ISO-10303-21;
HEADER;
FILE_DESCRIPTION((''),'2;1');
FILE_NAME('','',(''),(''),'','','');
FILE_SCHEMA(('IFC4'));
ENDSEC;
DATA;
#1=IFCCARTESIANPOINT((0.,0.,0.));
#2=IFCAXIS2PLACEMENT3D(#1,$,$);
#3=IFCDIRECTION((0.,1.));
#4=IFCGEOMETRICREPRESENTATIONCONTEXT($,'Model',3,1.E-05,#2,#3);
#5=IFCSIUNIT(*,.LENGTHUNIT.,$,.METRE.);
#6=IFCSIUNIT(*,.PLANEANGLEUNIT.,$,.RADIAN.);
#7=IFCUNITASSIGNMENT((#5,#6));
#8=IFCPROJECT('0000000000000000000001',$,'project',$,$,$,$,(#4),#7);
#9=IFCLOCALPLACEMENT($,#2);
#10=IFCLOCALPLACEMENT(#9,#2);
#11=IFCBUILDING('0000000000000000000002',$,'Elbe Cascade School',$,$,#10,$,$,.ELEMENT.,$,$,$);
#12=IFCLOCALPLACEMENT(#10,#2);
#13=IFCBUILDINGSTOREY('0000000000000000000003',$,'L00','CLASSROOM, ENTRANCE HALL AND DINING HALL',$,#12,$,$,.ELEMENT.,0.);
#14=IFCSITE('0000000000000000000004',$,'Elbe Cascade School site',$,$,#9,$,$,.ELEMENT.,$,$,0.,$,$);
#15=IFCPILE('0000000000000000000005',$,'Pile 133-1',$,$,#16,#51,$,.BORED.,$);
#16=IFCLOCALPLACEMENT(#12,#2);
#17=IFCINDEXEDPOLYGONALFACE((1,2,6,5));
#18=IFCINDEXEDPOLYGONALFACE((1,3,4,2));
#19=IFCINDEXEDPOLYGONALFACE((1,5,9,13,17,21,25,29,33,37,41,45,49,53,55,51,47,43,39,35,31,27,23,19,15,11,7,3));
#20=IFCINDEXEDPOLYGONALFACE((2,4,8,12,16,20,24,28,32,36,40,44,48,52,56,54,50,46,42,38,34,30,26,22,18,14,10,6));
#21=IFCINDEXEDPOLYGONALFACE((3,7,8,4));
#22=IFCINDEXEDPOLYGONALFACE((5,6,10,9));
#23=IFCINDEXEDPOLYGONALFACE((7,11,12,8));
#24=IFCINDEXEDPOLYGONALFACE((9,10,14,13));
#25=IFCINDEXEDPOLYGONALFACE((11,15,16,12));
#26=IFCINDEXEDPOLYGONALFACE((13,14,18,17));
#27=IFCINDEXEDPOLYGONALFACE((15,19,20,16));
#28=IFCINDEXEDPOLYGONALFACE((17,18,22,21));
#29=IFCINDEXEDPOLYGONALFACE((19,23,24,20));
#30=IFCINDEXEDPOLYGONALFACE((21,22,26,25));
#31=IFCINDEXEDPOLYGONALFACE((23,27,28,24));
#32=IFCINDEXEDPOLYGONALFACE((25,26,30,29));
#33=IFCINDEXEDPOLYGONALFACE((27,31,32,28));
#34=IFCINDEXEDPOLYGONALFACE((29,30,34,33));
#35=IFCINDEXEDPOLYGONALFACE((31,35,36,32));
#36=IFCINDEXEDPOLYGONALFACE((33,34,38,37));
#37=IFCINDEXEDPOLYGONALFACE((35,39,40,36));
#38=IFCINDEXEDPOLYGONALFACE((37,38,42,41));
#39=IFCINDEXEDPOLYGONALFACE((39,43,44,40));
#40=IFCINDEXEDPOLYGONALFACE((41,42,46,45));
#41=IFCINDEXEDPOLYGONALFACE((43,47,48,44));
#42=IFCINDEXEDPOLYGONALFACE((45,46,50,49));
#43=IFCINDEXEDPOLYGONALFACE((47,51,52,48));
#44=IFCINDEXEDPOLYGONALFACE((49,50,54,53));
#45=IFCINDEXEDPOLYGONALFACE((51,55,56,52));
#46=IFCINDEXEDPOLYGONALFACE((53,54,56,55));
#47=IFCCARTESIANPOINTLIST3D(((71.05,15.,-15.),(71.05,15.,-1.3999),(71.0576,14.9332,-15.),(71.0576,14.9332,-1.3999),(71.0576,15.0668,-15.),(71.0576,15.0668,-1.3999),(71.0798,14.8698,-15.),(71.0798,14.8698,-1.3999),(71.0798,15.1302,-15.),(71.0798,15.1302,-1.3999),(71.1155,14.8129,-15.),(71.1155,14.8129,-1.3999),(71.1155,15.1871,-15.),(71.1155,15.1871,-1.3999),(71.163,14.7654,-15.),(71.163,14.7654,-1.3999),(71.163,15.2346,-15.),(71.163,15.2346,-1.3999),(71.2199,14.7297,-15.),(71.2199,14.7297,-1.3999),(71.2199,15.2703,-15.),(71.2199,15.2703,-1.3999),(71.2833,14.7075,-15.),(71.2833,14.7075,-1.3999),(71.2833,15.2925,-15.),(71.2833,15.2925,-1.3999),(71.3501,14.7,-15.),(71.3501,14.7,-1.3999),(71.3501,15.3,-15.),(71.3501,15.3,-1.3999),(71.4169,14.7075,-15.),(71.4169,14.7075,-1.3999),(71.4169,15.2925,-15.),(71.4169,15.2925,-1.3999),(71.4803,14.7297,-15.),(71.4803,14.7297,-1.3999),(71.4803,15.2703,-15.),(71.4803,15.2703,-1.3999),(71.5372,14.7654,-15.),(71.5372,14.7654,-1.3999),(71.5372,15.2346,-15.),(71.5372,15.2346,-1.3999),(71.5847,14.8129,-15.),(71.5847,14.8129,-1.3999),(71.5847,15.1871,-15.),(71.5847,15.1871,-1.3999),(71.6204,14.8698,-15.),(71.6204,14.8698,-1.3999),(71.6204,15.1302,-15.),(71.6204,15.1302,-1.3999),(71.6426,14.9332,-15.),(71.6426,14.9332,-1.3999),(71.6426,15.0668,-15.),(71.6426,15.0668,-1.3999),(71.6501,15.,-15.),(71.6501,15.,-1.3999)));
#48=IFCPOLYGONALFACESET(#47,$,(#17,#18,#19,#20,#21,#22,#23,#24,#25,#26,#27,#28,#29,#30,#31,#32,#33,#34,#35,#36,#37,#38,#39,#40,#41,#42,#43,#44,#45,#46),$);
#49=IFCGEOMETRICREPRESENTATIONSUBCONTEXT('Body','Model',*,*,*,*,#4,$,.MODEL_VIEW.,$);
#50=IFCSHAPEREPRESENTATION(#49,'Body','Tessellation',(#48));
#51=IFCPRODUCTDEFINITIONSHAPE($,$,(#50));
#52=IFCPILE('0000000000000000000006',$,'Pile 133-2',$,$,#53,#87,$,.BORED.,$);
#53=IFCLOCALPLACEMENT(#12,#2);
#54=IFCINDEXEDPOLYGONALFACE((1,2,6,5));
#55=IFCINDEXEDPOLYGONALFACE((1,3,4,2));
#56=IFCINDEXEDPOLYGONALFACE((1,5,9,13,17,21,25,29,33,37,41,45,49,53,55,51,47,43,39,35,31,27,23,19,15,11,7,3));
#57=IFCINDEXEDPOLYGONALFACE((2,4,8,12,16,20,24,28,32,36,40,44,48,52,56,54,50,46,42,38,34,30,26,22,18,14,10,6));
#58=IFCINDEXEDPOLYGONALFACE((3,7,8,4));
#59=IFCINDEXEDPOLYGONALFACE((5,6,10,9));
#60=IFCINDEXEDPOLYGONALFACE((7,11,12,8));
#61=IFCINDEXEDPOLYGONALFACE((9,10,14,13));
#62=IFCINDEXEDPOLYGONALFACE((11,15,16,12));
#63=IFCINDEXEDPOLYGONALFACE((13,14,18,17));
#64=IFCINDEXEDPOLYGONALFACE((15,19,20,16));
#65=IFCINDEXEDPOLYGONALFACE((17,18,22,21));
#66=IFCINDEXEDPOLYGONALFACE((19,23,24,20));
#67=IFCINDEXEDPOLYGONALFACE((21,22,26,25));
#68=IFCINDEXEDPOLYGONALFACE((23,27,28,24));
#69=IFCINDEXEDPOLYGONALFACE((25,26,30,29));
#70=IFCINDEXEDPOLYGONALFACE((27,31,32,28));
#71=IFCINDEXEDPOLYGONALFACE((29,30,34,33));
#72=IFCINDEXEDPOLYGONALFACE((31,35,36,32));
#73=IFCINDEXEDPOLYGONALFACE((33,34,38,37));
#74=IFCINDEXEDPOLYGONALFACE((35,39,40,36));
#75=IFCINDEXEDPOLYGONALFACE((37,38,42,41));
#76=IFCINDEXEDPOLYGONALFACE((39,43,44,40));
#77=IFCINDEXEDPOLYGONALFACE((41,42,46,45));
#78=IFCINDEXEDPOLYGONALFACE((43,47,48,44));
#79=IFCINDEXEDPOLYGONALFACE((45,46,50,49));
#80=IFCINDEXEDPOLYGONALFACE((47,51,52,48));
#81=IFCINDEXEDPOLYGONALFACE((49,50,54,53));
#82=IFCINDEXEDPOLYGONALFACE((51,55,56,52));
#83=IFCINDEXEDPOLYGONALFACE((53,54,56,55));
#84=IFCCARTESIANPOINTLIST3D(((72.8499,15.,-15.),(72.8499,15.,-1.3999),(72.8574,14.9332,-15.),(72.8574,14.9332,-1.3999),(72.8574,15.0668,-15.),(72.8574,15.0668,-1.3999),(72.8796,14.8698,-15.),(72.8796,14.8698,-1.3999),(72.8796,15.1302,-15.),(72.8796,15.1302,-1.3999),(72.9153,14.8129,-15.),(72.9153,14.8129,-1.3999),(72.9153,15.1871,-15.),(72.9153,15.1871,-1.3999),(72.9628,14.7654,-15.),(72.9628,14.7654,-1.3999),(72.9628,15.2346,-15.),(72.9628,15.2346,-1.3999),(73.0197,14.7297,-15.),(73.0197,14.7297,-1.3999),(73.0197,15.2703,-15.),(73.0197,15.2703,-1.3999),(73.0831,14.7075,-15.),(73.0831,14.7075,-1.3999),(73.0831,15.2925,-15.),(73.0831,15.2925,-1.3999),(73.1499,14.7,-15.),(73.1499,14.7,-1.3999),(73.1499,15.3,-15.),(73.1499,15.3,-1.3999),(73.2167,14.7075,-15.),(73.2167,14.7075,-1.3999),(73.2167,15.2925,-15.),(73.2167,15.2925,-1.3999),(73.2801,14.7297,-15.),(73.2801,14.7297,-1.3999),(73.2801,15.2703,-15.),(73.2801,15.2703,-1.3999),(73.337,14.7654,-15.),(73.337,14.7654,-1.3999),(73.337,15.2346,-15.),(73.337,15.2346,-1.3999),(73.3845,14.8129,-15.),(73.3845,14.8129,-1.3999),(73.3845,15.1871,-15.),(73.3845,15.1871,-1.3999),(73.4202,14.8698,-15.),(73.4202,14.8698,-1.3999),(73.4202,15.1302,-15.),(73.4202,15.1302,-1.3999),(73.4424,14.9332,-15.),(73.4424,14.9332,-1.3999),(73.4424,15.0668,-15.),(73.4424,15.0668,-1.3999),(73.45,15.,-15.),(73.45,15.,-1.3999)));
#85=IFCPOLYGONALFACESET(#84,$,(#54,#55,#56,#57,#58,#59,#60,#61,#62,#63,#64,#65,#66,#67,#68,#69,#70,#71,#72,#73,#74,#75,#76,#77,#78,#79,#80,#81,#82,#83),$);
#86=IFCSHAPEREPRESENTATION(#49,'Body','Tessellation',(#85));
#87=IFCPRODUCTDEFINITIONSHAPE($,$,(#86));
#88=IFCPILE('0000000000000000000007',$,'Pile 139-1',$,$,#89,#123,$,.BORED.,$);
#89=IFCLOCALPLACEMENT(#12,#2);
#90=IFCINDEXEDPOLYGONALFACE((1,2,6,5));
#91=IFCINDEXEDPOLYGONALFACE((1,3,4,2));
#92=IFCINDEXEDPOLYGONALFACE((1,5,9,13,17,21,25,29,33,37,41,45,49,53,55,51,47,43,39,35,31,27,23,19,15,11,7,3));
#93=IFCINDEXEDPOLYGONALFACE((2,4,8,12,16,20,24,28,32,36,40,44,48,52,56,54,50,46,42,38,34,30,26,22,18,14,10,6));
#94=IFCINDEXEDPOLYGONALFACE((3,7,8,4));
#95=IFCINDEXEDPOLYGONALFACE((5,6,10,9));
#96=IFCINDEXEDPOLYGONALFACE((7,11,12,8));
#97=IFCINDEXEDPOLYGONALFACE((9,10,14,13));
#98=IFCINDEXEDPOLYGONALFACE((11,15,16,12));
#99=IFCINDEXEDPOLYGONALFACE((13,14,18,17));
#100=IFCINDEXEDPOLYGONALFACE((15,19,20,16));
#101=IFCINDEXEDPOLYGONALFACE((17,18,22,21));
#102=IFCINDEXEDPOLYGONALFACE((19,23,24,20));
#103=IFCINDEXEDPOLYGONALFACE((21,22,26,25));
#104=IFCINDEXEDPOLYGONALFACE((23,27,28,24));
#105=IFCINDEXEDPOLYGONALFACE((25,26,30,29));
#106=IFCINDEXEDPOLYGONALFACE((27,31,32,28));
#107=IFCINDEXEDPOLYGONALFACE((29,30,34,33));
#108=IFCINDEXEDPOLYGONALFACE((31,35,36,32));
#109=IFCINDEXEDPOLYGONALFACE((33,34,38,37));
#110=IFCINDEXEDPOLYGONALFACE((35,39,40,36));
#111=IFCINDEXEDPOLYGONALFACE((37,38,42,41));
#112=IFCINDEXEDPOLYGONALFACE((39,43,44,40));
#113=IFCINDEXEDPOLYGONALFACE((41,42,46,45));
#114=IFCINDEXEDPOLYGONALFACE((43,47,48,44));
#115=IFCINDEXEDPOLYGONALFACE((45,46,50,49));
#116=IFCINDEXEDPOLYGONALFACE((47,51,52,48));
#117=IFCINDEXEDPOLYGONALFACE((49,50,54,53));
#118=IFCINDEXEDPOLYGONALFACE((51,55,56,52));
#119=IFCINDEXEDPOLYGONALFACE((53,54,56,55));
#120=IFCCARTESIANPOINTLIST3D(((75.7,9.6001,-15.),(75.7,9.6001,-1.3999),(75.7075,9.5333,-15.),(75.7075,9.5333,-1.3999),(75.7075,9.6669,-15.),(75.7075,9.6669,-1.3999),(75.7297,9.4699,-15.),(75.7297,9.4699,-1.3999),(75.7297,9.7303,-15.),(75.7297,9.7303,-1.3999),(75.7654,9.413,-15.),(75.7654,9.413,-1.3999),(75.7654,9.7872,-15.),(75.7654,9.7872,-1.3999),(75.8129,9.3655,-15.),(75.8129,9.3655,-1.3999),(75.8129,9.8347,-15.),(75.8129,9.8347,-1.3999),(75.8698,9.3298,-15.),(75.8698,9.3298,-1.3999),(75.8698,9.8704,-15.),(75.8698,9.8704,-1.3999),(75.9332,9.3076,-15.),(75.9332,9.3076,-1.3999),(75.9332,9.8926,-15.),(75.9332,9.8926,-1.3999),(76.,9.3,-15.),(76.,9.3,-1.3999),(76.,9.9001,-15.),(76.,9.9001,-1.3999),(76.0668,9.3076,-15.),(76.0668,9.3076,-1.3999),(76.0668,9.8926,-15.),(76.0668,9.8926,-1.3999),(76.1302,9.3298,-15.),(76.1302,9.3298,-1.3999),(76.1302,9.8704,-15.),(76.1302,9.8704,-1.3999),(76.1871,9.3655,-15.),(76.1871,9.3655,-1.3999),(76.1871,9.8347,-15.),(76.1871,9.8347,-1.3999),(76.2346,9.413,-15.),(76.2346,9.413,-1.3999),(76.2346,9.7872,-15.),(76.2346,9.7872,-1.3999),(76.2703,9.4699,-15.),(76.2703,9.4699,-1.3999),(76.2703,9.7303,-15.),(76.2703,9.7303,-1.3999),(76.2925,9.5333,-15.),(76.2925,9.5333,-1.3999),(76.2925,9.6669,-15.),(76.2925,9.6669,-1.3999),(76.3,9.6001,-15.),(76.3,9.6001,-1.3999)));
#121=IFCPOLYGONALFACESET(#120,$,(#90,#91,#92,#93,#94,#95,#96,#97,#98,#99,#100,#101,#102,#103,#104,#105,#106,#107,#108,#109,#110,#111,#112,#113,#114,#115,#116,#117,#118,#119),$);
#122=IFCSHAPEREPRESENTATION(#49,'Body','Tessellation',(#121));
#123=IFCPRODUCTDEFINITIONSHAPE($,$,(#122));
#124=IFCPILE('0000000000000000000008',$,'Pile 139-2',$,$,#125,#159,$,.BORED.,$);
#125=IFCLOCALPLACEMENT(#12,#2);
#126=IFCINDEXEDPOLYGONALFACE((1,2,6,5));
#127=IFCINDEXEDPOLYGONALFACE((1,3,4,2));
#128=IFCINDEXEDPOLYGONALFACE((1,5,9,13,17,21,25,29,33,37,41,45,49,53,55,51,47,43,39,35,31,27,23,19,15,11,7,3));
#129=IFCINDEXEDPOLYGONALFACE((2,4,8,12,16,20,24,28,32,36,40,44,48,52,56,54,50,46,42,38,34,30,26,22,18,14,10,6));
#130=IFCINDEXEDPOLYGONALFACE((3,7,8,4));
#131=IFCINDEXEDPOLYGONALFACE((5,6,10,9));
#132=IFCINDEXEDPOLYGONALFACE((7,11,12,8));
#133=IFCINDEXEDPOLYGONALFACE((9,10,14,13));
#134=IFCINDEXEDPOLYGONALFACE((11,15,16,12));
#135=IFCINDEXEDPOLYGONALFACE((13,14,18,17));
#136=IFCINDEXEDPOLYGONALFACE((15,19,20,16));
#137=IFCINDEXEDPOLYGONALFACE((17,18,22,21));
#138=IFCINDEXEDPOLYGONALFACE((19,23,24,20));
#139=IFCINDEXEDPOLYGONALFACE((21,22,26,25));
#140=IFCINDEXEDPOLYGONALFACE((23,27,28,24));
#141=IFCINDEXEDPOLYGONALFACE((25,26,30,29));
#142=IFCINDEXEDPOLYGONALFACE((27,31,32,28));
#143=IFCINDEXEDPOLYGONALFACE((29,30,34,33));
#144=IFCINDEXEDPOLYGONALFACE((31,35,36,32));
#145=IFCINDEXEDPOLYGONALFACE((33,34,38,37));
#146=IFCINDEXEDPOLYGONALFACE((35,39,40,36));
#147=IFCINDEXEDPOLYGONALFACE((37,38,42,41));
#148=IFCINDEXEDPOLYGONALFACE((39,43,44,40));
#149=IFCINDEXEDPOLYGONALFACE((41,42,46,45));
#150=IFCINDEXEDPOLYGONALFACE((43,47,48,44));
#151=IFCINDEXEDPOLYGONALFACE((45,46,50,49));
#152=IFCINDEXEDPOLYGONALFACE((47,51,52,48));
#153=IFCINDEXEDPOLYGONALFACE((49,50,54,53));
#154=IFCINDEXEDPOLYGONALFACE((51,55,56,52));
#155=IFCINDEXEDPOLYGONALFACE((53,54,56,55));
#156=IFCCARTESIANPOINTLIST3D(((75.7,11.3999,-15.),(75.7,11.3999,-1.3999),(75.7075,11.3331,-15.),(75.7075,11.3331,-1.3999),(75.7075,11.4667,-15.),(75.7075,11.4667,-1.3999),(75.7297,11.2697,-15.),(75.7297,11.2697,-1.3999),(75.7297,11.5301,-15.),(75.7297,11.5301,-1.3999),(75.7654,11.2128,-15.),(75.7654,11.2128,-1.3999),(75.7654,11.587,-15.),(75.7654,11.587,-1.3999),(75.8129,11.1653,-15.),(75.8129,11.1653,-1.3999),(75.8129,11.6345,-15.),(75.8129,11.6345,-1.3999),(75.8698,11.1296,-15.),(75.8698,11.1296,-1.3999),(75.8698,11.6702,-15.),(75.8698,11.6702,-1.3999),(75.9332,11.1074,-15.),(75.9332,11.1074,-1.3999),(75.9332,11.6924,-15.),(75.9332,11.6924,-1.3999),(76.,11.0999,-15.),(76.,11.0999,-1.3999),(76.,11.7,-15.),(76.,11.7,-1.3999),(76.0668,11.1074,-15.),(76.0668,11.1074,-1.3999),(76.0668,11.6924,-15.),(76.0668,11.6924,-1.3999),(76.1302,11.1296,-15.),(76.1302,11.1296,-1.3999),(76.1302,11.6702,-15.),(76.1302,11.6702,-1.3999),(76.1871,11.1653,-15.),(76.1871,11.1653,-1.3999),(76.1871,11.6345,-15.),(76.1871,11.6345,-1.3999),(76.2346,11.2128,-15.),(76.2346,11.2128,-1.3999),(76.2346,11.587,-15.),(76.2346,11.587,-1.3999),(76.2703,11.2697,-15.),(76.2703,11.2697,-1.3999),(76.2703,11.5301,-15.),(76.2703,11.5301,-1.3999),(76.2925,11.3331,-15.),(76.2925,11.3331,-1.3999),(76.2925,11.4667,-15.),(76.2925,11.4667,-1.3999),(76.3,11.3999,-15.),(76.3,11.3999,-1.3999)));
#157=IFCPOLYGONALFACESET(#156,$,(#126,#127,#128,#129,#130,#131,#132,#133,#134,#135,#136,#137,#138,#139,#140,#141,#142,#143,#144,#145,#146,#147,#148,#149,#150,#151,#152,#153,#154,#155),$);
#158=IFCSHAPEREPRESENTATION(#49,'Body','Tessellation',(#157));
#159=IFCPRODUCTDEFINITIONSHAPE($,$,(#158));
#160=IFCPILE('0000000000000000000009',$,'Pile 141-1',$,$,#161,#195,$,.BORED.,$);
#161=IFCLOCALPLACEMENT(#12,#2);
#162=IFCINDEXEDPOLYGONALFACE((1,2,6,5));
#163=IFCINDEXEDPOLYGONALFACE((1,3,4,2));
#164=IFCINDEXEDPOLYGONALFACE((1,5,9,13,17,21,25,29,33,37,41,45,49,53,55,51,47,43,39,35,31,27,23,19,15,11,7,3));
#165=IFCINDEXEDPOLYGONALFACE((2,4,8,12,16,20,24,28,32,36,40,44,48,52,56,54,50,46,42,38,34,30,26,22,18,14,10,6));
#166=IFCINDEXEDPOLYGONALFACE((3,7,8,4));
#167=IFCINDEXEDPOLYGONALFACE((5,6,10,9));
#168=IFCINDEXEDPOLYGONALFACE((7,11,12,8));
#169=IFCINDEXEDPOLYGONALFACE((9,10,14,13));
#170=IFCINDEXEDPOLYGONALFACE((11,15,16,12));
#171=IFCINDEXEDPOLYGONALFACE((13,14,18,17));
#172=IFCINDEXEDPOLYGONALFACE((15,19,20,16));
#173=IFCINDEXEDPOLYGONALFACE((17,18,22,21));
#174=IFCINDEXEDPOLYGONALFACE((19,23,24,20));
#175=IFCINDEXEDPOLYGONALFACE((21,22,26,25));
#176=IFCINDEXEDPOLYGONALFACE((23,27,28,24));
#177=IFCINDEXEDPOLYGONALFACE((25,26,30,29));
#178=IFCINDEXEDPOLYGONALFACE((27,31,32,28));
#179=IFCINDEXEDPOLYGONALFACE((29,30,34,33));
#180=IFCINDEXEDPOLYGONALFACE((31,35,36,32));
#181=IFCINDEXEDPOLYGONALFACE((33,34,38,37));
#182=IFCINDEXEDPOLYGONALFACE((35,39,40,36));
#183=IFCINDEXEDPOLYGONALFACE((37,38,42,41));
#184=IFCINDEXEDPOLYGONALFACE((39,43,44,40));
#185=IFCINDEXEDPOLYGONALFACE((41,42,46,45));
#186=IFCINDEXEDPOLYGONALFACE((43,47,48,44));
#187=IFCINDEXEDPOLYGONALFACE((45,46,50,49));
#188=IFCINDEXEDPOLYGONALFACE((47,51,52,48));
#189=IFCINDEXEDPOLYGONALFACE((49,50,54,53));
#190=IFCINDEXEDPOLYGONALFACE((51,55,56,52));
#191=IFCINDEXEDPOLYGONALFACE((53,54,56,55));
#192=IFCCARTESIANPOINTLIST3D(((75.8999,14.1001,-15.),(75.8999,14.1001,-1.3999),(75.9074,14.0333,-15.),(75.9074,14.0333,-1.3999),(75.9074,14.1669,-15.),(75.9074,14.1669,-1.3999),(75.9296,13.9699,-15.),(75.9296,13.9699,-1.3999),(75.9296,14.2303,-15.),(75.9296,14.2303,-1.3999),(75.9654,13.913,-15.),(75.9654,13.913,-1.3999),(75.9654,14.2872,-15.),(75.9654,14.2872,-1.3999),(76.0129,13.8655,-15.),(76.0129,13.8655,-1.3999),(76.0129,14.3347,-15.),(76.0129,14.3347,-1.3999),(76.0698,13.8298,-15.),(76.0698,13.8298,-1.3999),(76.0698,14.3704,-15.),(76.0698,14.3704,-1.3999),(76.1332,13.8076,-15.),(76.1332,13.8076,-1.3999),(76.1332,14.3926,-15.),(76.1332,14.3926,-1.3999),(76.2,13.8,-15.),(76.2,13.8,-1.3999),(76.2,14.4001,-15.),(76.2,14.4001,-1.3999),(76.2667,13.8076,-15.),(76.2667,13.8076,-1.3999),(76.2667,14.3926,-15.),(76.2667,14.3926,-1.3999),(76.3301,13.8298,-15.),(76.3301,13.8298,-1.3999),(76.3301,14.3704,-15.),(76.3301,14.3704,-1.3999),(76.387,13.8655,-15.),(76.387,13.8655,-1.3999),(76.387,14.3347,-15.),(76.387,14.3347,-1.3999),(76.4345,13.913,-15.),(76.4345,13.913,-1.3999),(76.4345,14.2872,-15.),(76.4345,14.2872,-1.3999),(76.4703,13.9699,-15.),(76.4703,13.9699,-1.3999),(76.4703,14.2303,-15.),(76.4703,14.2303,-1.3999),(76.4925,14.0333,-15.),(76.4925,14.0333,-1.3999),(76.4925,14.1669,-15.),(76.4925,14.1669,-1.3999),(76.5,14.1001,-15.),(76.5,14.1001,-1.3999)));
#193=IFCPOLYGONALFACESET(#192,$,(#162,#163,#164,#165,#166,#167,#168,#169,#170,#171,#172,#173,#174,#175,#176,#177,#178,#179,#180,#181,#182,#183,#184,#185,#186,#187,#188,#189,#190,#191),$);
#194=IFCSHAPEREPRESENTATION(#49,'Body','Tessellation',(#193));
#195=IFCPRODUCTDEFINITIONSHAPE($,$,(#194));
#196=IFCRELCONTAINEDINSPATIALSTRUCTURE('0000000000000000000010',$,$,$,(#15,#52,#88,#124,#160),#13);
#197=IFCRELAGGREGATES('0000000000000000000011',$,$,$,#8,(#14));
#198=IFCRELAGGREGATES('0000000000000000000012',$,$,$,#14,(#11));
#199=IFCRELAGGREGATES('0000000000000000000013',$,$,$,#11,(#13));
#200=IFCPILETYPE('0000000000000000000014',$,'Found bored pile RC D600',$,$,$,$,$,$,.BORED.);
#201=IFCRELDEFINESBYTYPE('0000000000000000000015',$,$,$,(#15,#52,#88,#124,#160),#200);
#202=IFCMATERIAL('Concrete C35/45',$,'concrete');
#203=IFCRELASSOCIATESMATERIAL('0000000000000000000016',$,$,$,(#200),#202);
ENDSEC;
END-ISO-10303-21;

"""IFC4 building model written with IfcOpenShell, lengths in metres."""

from ifc_helpers import new_model, si_unit, direction, frame, origin, origin_2d, place, context, subcontext, project, spatial, circle, extrude, material, material_profile, profile_set, type_object, element, save


model = new_model("IFC4")

# Units and contexts
model_context = context("Model", 3, precision=1e-05, world=origin(), true_north=direction((0.0, 1.0)))
body_context = subcontext(model_context, "Body", "Model", "MODEL_VIEW")
ifc_project = project(units=[si_unit("LENGTHUNIT", "METRE"), si_unit("PLANEANGLEUNIT", "RADIAN")], contexts=[model_context])

# Site, building, storey
site_placement = place(None, origin())
site = spatial("IfcSite", under=ifc_project, at=site_placement, Name="Elbe Cascade School site", CompositionType="ELEMENT", RefElevation=0.0)
building_placement = place(site_placement, origin())
building = spatial("IfcBuilding", under=site, at=building_placement, Name="Elbe Cascade School", CompositionType="ELEMENT")
storey_placement = place(building_placement, origin())
storey = spatial("IfcBuildingStorey", under=building, at=storey_placement, Name="L00", Description="CLASSROOM, ENTRANCE HALL AND DINING HALL", CompositionType="ELEMENT", Elevation=0.0)

# Piles
ifc_material_1 = material(Name="Concrete C35/45", Category="concrete")
ifc_material_profile_1 = material_profile(ifc_material_1, circle(Radius=0.3, at=origin_2d()), Name="RC D600")
ifc_profile_set_1 = profile_set([ifc_material_profile_1], Name="Concrete C35/45")
pile_type = type_object("IfcPileType", Name="Found bored pile RC D600", PredefinedType="BORED", material=ifc_profile_set_1)
for number, where, z_axis, x_axis, name in (
    (1, (71.3501, 15.0, -1.3999), (0.0, 0.0, -1.0), (1.0, 0.0, 0.0), "Pile 133-1"),
    (2, (73.1499, 15.0, -1.3999), (0.0, 0.0, -1.0), (1.0, 0.0, 0.0), "Pile 133-2"),
    (3, (76.0, 9.6001, -1.3999), (0.0, 0.0, -1.0), (1.0, 0.0, 0.0), "Pile 139-1"),
    (4, (76.0, 11.3999, -1.3999), (0.0, 0.0, -1.0), (1.0, 0.0, 0.0), "Pile 139-2"),
    (5, (76.2, 14.1001, -1.3999), (0.0, 0.0, -1.0), (1.0, 0.0, 0.0), "Pile 141-1"),
):
    element("IfcPile", number, at=place(storey_placement, frame(where, z_axis=z_axis, x_axis=x_axis)), inside=storey, type_object=pile_type, Name=name, PredefinedType="BORED", context=body_context, shape_type="SweptSolid", body=[
        extrude(circle(Radius=0.3, at=origin_2d()), origin(), (0.0, 0.0, 1.0), 13.6001),
    ])

save(model, "model.ifc")
